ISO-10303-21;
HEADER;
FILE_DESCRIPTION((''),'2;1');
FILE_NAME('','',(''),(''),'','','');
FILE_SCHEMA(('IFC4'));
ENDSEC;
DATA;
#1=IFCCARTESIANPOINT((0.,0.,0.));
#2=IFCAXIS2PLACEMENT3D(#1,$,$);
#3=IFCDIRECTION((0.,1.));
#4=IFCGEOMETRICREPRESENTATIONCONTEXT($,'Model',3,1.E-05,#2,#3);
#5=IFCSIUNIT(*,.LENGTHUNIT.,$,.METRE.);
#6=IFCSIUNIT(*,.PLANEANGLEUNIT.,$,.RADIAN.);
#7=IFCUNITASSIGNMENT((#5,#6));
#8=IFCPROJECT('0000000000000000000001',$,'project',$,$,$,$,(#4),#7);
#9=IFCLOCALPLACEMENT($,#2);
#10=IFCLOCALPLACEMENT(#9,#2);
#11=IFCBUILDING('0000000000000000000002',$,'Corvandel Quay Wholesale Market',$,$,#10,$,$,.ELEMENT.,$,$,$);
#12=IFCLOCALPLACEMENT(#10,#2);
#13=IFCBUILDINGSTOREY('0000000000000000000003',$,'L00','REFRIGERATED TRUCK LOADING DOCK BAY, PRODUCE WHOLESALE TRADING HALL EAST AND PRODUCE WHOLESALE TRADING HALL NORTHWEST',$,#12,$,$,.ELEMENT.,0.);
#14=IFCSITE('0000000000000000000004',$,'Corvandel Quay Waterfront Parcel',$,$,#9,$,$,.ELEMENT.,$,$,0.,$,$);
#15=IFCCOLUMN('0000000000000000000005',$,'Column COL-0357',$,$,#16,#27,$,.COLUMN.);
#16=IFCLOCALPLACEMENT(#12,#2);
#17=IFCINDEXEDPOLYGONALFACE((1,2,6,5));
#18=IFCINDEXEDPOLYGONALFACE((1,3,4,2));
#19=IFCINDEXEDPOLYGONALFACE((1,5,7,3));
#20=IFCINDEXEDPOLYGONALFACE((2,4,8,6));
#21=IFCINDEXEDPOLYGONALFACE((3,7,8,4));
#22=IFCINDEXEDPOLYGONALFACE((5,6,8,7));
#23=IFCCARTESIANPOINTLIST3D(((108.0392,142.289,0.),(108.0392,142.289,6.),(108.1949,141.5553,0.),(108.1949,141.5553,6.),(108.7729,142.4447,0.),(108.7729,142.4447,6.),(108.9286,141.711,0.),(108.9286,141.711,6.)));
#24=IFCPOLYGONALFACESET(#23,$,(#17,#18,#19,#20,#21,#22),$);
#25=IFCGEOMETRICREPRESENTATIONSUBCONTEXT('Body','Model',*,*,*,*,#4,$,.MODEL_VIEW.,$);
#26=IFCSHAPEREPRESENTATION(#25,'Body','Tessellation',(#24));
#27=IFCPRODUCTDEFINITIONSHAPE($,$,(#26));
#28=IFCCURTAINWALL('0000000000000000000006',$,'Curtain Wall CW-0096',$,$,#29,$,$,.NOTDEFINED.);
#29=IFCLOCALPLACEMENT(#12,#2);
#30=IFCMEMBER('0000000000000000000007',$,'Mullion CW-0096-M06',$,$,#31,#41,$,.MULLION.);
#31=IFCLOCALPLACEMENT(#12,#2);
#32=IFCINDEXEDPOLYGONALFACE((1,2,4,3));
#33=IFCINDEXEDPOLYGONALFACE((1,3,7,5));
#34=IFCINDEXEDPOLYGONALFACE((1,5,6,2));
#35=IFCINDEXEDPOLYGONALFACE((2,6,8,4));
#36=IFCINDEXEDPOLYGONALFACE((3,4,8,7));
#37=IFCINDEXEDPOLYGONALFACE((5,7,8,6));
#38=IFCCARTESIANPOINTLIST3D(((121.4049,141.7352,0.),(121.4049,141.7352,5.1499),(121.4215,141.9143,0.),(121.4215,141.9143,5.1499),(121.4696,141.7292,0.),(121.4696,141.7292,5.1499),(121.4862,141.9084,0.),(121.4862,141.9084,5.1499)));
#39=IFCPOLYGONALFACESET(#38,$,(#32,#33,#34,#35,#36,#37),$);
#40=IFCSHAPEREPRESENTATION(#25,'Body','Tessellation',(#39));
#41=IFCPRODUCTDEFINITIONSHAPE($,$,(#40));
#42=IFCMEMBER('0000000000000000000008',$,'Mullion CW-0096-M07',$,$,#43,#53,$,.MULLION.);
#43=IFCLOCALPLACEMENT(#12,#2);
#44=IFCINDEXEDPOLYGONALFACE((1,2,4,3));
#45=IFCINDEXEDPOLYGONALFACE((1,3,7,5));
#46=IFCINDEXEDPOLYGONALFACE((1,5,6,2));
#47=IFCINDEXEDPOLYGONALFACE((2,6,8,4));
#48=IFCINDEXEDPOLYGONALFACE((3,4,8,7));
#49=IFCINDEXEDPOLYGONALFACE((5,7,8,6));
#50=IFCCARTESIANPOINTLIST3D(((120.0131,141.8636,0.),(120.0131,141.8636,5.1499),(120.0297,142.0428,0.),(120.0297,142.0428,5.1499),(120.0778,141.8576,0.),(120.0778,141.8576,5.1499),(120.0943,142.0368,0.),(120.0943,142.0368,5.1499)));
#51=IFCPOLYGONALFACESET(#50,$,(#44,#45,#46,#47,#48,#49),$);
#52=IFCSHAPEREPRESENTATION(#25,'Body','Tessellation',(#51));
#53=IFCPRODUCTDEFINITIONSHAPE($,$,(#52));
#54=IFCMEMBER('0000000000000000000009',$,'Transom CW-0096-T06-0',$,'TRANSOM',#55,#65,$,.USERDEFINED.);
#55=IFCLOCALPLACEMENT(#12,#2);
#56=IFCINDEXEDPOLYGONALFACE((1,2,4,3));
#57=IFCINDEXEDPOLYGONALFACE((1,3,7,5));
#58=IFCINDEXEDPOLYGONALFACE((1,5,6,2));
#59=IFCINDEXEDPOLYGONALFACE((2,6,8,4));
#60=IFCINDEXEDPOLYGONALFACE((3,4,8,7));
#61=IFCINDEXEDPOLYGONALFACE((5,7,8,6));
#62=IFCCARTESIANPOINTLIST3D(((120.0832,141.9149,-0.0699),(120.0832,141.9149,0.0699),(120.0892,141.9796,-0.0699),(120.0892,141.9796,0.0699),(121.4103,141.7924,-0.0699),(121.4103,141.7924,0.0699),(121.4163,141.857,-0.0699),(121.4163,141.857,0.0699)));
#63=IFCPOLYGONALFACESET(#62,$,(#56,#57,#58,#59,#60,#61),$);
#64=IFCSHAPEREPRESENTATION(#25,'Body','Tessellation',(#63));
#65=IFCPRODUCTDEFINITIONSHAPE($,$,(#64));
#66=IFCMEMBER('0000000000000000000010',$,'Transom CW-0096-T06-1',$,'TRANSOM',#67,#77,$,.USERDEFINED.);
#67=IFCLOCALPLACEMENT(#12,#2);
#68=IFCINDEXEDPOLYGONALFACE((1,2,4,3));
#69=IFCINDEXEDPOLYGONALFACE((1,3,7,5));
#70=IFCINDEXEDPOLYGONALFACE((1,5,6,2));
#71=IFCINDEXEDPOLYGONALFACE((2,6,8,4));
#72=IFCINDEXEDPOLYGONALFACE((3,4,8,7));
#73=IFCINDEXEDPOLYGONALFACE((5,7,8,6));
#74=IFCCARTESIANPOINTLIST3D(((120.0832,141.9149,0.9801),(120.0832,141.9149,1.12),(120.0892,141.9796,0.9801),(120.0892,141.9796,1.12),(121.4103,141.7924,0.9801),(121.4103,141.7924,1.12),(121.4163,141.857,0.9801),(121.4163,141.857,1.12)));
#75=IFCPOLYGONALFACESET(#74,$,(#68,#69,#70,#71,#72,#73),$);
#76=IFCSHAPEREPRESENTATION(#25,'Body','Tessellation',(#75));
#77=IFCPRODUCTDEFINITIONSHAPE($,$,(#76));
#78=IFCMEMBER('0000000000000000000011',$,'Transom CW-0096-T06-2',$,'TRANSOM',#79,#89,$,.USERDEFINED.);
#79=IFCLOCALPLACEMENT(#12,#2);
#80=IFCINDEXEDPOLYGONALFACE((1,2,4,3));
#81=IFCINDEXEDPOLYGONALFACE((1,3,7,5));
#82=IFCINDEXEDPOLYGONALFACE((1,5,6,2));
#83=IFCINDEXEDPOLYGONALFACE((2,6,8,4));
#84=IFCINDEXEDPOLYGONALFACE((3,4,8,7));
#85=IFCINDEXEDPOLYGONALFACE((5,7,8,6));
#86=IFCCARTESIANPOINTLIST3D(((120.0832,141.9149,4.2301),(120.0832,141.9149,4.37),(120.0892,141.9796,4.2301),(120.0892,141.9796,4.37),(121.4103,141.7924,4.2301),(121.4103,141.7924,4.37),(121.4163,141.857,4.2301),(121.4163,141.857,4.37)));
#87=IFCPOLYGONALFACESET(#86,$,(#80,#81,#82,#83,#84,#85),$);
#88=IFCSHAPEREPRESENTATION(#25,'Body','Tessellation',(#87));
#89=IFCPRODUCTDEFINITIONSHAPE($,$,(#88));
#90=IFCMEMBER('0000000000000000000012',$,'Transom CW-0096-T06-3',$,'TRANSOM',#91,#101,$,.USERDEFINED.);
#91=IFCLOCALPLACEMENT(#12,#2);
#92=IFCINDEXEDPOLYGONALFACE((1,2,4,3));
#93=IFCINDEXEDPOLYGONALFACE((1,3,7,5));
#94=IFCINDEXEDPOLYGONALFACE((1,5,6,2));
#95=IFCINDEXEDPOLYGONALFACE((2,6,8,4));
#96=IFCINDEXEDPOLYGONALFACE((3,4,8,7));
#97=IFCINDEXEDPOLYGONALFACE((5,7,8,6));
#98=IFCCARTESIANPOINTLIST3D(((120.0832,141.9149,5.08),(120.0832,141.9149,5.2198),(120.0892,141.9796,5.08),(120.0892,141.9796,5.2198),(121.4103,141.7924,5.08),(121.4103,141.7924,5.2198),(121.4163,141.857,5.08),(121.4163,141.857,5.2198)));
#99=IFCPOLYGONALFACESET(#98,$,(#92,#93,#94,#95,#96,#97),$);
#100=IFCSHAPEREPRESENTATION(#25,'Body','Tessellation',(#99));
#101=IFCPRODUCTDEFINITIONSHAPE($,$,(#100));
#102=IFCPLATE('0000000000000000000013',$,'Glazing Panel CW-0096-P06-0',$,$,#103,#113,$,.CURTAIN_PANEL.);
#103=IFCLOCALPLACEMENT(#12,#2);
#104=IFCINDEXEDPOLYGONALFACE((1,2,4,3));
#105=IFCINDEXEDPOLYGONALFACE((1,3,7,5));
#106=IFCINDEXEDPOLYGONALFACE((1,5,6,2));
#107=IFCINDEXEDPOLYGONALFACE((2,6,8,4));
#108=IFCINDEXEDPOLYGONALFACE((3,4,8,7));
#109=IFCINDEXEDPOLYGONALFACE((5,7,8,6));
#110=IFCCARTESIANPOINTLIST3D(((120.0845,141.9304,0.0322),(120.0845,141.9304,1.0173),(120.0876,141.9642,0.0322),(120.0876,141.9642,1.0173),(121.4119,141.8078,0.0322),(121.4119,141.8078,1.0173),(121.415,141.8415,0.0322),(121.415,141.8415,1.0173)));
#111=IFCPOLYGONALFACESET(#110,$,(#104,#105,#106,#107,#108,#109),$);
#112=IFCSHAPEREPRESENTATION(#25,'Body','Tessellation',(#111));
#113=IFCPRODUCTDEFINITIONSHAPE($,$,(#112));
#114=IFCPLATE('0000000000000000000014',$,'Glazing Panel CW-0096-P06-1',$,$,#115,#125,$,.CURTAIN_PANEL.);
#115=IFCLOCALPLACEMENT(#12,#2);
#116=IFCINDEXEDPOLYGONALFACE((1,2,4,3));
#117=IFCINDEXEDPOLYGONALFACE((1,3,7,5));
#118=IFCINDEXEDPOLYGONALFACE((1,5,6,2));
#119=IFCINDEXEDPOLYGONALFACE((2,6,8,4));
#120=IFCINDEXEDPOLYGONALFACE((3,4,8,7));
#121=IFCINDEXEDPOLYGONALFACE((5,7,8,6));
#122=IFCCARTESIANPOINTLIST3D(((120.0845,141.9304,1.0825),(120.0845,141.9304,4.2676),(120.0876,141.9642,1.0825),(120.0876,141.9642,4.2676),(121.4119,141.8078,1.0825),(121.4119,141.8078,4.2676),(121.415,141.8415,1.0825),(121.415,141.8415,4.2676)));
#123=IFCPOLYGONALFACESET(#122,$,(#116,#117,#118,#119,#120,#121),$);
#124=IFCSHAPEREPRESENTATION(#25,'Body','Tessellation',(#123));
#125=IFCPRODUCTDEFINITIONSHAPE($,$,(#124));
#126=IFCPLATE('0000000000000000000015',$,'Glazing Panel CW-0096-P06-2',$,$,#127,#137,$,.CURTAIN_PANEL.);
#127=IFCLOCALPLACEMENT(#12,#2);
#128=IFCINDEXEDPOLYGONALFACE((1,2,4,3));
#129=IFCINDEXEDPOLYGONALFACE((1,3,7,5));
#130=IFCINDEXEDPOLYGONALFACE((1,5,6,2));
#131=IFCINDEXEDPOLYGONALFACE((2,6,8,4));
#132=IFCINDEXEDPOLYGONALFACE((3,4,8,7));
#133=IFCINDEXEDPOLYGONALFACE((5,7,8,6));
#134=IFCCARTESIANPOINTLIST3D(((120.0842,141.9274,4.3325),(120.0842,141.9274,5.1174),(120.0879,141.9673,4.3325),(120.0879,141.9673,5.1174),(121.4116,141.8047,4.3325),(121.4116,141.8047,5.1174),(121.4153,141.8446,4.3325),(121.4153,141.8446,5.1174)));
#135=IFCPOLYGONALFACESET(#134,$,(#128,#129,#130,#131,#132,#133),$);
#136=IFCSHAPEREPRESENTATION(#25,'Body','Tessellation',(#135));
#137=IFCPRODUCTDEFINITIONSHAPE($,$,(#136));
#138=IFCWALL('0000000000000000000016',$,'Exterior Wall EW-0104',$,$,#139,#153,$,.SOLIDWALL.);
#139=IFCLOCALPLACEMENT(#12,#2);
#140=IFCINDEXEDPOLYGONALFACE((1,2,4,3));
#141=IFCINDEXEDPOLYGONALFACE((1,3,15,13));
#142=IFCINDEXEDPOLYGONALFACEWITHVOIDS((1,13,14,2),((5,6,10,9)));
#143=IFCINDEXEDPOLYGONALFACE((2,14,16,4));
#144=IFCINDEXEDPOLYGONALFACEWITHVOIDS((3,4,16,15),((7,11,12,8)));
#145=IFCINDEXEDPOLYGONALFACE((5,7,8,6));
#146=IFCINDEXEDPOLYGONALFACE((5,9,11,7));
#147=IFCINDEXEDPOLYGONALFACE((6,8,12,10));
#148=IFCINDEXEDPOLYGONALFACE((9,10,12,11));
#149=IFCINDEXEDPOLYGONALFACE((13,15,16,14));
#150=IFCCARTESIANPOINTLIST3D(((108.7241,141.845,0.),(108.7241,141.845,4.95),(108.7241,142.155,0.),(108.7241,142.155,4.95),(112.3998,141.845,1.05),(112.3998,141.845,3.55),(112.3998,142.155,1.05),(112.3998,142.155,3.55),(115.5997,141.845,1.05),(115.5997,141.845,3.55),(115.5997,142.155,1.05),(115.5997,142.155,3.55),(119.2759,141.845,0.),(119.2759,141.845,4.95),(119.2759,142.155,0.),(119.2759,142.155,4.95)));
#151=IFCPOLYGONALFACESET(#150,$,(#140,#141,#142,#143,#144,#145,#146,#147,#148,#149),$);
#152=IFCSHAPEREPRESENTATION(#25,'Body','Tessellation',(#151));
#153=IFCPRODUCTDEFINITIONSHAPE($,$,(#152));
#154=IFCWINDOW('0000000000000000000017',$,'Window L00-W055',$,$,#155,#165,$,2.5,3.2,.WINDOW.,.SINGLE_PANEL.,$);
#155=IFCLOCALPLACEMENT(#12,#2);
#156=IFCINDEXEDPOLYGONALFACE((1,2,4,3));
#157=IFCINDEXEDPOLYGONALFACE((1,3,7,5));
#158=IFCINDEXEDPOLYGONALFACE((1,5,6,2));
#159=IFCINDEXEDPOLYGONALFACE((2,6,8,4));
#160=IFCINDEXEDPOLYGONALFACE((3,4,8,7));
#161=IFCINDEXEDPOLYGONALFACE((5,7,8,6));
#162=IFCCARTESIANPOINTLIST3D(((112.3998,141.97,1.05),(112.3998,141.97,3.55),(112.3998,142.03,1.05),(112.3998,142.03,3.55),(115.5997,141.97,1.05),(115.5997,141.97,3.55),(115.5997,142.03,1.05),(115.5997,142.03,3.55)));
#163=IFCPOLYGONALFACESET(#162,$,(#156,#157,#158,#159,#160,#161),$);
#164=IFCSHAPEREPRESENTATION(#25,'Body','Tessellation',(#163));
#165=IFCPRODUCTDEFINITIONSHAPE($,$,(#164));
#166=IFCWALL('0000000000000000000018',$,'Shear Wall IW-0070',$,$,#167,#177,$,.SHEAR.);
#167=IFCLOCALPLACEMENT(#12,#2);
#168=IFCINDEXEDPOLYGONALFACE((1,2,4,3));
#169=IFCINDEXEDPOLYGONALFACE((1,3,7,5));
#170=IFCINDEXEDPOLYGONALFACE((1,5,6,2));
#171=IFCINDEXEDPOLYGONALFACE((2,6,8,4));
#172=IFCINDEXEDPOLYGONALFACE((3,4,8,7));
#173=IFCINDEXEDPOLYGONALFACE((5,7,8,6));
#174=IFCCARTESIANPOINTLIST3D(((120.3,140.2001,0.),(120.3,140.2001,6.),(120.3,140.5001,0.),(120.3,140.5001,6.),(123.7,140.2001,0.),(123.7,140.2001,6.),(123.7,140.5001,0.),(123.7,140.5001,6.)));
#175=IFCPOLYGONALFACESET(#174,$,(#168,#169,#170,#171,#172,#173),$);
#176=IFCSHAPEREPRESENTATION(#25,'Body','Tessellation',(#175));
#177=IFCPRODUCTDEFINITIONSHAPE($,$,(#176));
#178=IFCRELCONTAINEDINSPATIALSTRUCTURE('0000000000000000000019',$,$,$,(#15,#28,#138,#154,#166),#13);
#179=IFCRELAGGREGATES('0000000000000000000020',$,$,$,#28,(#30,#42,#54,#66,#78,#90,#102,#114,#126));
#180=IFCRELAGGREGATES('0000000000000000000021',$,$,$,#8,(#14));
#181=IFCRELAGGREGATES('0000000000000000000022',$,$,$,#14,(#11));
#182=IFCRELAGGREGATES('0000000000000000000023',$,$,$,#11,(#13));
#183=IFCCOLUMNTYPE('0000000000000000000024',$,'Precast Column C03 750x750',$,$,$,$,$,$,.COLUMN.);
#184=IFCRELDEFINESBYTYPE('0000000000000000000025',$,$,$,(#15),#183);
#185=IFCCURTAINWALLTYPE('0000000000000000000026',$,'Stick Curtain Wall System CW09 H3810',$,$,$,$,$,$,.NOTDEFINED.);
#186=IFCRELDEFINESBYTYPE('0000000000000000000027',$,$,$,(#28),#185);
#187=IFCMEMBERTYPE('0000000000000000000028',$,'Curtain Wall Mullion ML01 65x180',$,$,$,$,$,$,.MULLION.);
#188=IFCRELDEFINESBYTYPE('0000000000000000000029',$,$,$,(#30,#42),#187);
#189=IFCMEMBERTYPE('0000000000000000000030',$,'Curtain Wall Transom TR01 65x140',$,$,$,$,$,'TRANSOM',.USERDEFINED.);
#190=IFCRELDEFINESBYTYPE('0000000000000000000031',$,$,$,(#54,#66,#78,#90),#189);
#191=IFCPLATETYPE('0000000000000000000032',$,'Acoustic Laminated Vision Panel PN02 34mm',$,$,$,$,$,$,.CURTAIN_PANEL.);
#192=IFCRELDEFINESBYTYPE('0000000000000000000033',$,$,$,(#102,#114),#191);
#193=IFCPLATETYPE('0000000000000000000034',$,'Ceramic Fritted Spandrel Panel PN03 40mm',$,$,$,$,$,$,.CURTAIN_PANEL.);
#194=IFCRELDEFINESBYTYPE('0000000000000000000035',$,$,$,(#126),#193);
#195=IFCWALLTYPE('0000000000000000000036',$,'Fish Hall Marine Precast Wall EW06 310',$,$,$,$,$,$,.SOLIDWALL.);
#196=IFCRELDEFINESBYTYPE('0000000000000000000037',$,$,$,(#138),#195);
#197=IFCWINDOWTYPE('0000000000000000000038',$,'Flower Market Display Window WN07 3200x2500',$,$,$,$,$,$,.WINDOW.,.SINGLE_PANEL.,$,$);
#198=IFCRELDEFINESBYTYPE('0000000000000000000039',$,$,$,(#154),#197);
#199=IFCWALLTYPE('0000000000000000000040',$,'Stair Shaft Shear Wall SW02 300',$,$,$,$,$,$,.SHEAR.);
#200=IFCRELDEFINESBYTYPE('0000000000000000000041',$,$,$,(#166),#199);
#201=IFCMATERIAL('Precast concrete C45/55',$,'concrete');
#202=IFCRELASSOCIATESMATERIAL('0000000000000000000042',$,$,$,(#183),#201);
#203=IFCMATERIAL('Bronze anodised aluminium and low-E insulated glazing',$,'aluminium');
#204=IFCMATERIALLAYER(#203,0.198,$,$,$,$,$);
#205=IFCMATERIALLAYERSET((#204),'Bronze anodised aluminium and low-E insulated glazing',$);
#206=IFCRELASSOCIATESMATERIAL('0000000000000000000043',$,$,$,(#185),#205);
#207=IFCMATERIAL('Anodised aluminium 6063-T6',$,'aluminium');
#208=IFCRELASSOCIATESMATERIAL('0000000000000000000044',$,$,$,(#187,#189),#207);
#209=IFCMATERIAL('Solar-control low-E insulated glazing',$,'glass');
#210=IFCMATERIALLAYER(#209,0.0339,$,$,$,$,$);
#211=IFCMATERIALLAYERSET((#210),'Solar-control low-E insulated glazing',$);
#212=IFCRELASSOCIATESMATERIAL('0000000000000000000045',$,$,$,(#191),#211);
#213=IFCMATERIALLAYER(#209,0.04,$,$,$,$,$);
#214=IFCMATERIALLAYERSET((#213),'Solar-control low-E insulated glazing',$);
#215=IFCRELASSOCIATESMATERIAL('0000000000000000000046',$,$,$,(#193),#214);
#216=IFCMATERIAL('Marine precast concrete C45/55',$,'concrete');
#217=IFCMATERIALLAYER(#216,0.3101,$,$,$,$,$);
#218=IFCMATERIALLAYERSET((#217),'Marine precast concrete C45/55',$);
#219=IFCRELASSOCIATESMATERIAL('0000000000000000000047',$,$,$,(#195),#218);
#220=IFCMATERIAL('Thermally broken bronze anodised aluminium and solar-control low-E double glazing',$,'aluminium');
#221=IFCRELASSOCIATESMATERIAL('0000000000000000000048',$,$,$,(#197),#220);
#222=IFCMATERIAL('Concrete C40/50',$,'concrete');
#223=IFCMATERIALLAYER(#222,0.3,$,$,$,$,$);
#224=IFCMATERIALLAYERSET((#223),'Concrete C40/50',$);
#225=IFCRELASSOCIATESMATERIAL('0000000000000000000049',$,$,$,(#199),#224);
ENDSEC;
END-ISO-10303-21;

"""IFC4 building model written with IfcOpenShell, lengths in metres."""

from ifc_helpers import new_model, si_unit, direction, frame, frame_2d, origin, origin_2d, place, context, subcontext, project, spatial, rectangle, extrude, material, layer, layer_set, material_profile, profile_set, type_object, element, fill, aggregate, save


model = new_model("IFC4")

# Units and contexts
model_context = context("Model", 3, precision=1e-05, world=origin(), true_north=direction((0.0, 1.0)))
body_context = subcontext(model_context, "Body", "Model", "MODEL_VIEW")
ifc_project = project(units=[si_unit("LENGTHUNIT", "METRE"), si_unit("PLANEANGLEUNIT", "RADIAN")], contexts=[model_context])

# Site, building, storey
site_placement = place(None, origin())
site = spatial("IfcSite", under=ifc_project, at=site_placement, Name="Corvandel Quay Waterfront Parcel", CompositionType="ELEMENT", RefElevation=0.0)
building_placement = place(site_placement, origin())
building = spatial("IfcBuilding", under=site, at=building_placement, Name="Corvandel Quay Wholesale Market", CompositionType="ELEMENT")
storey_placement = place(building_placement, origin())
storey = spatial("IfcBuildingStorey", under=building, at=storey_placement, Name="L00", Description="REFRIGERATED TRUCK LOADING DOCK BAY, PRODUCE WHOLESALE TRADING HALL EAST AND PRODUCE WHOLESALE TRADING HALL NORTHWEST", CompositionType="ELEMENT", Elevation=0.0)

# Shared definitions
ifc_material_1 = material(Name="Concrete C40/50", Category="concrete")

# Column
ifc_material_2 = material(Name="Precast concrete C45/55", Category="concrete")
ifc_material_profile_1 = material_profile(ifc_material_2, rectangle(XDim=0.75, YDim=0.75, at=origin_2d()), Name="PC-COL-750x750")
ifc_profile_set_1 = profile_set([ifc_material_profile_1], Name="Precast concrete C45/55")
column_type = type_object("IfcColumnType", Name="Precast Column C03 750x750", PredefinedType="COLUMN", material=ifc_profile_set_1)
for number, where, z_axis, x_axis, name in (
    (1, (108.4839, 142.0, 0.0), (0.0, 0.0, 1.0), (0.97822, 0.20757, 0.0), "Column COL-0357"),
):
    element("IfcColumn", number, at=place(storey_placement, frame(where, z_axis=z_axis, x_axis=x_axis)), inside=storey, type_object=column_type, Name=name, PredefinedType="COLUMN", context=body_context, shape_type="SweptSolid", body=[
        extrude(rectangle(XDim=0.75, YDim=0.75, at=origin_2d()), origin(), (0.0, 0.0, 1.0), 6.0),
    ])

# Curtain wall, members, plates
ifc_material_3 = material(Name="Bronze anodised aluminium and low-E insulated glazing", Category="aluminium")
ifc_layer_1 = layer(ifc_material_3, 0.198)
ifc_layer_set_1 = layer_set([ifc_layer_1], Name="Bronze anodised aluminium and low-E insulated glazing")
curtain_wall_type = type_object("IfcCurtainWallType", Name="Stick Curtain Wall System CW09 H3810", PredefinedType="NOTDEFINED", material=ifc_layer_set_1)
curtain_wall_placement = place(storey_placement, origin())
curtain_wall = element("IfcCurtainWall", 2, at=curtain_wall_placement, inside=storey, type_object=curtain_wall_type, Name="Curtain Wall CW-0096", PredefinedType="NOTDEFINED")
ifc_material_4 = material(Name="Anodised aluminium 6063-T6", Category="aluminium")
ifc_material_profile_2 = material_profile(ifc_material_4, rectangle(XDim=0.0649, YDim=0.1799, at=origin_2d()), Name="ALU-MUL-65x180")
ifc_profile_set_2 = profile_set([ifc_material_profile_2], Name="Anodised aluminium 6063-T6")
member_type_1 = type_object("IfcMemberType", Name="Curtain Wall Mullion ML01 65x180", PredefinedType="MULLION", material=ifc_profile_set_2)
member_1_placement = place(storey_placement, frame((121.4456, 141.8218, 0.0), z_axis=(0.0, 0.0, 1.0), x_axis=(-0.995757, 0.092023, 0.0)))
member_1 = element("IfcMember", 3, at=member_1_placement, type_object=member_type_1, Name="Mullion CW-0096-M06", PredefinedType="MULLION", context=body_context, shape_type="SweptSolid", body=[
    extrude(rectangle(XDim=0.0649, YDim=0.1799, at=origin_2d()), origin(), (0.0, 0.0, 1.0), 5.1499),
])
member_2_placement = place(storey_placement, frame((120.0537, 141.9502, 0.0), z_axis=(0.0, 0.0, 1.0), x_axis=(-0.995757, 0.092023, 0.0)))
member_2 = element("IfcMember", 4, at=member_2_placement, type_object=member_type_1, Name="Mullion CW-0096-M07", PredefinedType="MULLION", context=body_context, shape_type="SweptSolid", body=[
    extrude(rectangle(XDim=0.0649, YDim=0.1799, at=origin_2d()), origin(), (0.0, 0.0, 1.0), 5.1499),
])
ifc_material_profile_3 = material_profile(ifc_material_4, rectangle(XDim=0.0649, YDim=0.1399, at=origin_2d()), Name="ALU-TRN-65x140")
ifc_profile_set_3 = profile_set([ifc_material_profile_3], Name="Anodised aluminium 6063-T6")
member_type_2 = type_object("IfcMemberType", Name="Curtain Wall Transom TR01 65x140", ElementType="TRANSOM", PredefinedType="USERDEFINED", material=ifc_profile_set_3)
member_3_placement = place(storey_placement, frame((121.4133, 141.8247, 0.0), z_axis=(-0.995763, 0.091956, 0.0), x_axis=(-0.091956, -0.995763, 0.0)))
member_3 = element("IfcMember", 5, at=member_3_placement, type_object=member_type_2, Name="Transom CW-0096-T06-0", ObjectType="TRANSOM", PredefinedType="USERDEFINED", context=body_context, shape_type="SweptSolid", body=[
    extrude(rectangle(XDim=0.0649, YDim=0.1399, at=origin_2d()), origin(), (0.0, 0.0, 1.0), 1.3328),
])
member_4_placement = place(storey_placement, frame((121.4133, 141.8247, 1.05), z_axis=(-0.995763, 0.091956, 0.0), x_axis=(-0.091956, -0.995763, 0.0)))
member_4 = element("IfcMember", 6, at=member_4_placement, type_object=member_type_2, Name="Transom CW-0096-T06-1", ObjectType="TRANSOM", PredefinedType="USERDEFINED", context=body_context, shape_type="SweptSolid", body=[
    extrude(rectangle(XDim=0.0649, YDim=0.1399, at=origin_2d()), origin(), (0.0, 0.0, 1.0), 1.3328),
])
member_5_placement = place(storey_placement, frame((121.4133, 141.8247, 4.3), z_axis=(-0.995763, 0.091956, 0.0), x_axis=(-0.091956, -0.995763, 0.0)))
member_5 = element("IfcMember", 7, at=member_5_placement, type_object=member_type_2, Name="Transom CW-0096-T06-2", ObjectType="TRANSOM", PredefinedType="USERDEFINED", context=body_context, shape_type="SweptSolid", body=[
    extrude(rectangle(XDim=0.0649, YDim=0.1399, at=origin_2d()), origin(), (0.0, 0.0, 1.0), 1.3328),
])
member_6_placement = place(storey_placement, frame((121.4133, 141.8247, 5.1499), z_axis=(-0.995763, 0.091956, 0.0), x_axis=(-0.091956, -0.995763, 0.0)))
member_6 = element("IfcMember", 8, at=member_6_placement, type_object=member_type_2, Name="Transom CW-0096-T06-3", ObjectType="TRANSOM", PredefinedType="USERDEFINED", context=body_context, shape_type="SweptSolid", body=[
    extrude(rectangle(XDim=0.0649, YDim=0.1399, at=origin_2d()), origin(), (0.0, 0.0, 1.0), 1.3328),
])
ifc_material_5 = material(Name="Solar-control low-E insulated glazing", Category="glass")
ifc_layer_2 = layer(ifc_material_5, 0.0339)
ifc_layer_set_2 = layer_set([ifc_layer_2], Name="Solar-control low-E insulated glazing")
plate_type_1 = type_object("IfcPlateType", Name="Acoustic Laminated Vision Panel PN02 34mm", PredefinedType="CURTAIN_PANEL", material=ifc_layer_set_2)
plate_1_placement = place(storey_placement, frame((120.7498, 141.886, 0.0322), z_axis=(0.0, 0.0, 1.0), x_axis=(-0.995757, 0.092023, 0.0)))
plate_1 = element("IfcPlate", 9, at=plate_1_placement, type_object=plate_type_1, Name="Glazing Panel CW-0096-P06-0", PredefinedType="CURTAIN_PANEL", context=body_context, shape_type="SweptSolid", body=[
    extrude(rectangle(XDim=1.333, YDim=0.0339, at=origin_2d()), origin(), (0.0, 0.0, 1.0), 0.9851),
])
plate_2_placement = place(storey_placement, frame((120.7498, 141.886, 1.0825), z_axis=(0.0, 0.0, 1.0), x_axis=(-0.995757, 0.092023, 0.0)))
plate_2 = element("IfcPlate", 10, at=plate_2_placement, type_object=plate_type_1, Name="Glazing Panel CW-0096-P06-1", PredefinedType="CURTAIN_PANEL", context=body_context, shape_type="SweptSolid", body=[
    extrude(rectangle(XDim=1.333, YDim=0.0339, at=origin_2d()), origin(), (0.0, 0.0, 1.0), 3.1851),
])
ifc_layer_3 = layer(ifc_material_5, 0.04)
ifc_layer_set_3 = layer_set([ifc_layer_3], Name="Solar-control low-E insulated glazing")
plate_type_2 = type_object("IfcPlateType", Name="Ceramic Fritted Spandrel Panel PN03 40mm", PredefinedType="CURTAIN_PANEL", material=ifc_layer_set_3)
plate_3_placement = place(storey_placement, frame((120.7498, 141.886, 4.3325), z_axis=(0.0, 0.0, 1.0), x_axis=(-0.995757, 0.092023, 0.0)))
plate_3 = element("IfcPlate", 11, at=plate_3_placement, type_object=plate_type_2, Name="Glazing Panel CW-0096-P06-2", PredefinedType="CURTAIN_PANEL", context=body_context, shape_type="SweptSolid", body=[
    extrude(rectangle(XDim=1.333, YDim=0.04, at=origin_2d()), origin(), (0.0, 0.0, 1.0), 0.7849),
])
aggregate(curtain_wall, [member_1, member_2, member_3, member_4, member_5, member_6, plate_1, plate_2, plate_3])

# Wall, opening, window
ifc_material_6 = material(Name="Marine precast concrete C45/55", Category="concrete")
ifc_layer_4 = layer(ifc_material_6, 0.3101)
ifc_layer_set_4 = layer_set([ifc_layer_4], Name="Marine precast concrete C45/55")
wall_type_1 = type_object("IfcWallType", Name="Fish Hall Marine Precast Wall EW06 310", PredefinedType="SOLIDWALL", material=ifc_layer_set_4)
wall_1_placement = place(storey_placement, frame((119.2759, 142.0, 0.0), z_axis=(0.0, 0.0, 1.0), x_axis=(-1.0, 0.0, 0.0)))
wall_1 = element("IfcWall", 12, at=wall_1_placement, inside=storey, type_object=wall_type_1, Name="Exterior Wall EW-0104", PredefinedType="SOLIDWALL", context=body_context, shape_type="SweptSolid", body=[
    extrude(rectangle(XDim=10.5518, YDim=0.3101, at=frame_2d((5.2759, 0.0))), origin(), (0.0, 0.0, 1.0), 4.95),
])
opening_placement = place(wall_1_placement, frame((3.676, 0.0, 1.05)))
opening = element("IfcOpeningElement", 13, at=opening_placement, cuts=wall_1, PredefinedType="OPENING", context=body_context, shape_type="SweptSolid", body=[
    extrude(rectangle(XDim=3.2, YDim=2.5, at=frame_2d((1.6001, 1.25))), frame((0.0, 0.165, 0.0), z_axis=(0.0, -1.0, 0.0), x_axis=(1.0, 0.0, 0.0)), (0.0, 0.0, 1.0), 0.3301),
])
ifc_material_7 = material(Name="Thermally broken bronze anodised aluminium and solar-control low-E double glazing", Category="aluminium")
window_type = type_object("IfcWindowType", Name="Flower Market Display Window WN07 3200x2500", PartitioningType="SINGLE_PANEL", PredefinedType="WINDOW", material=ifc_material_7)
window_placement = place(opening_placement, origin())
window = element("IfcWindow", 14, at=window_placement, inside=storey, type_object=window_type, Name="Window L00-W055", OverallHeight=2.5, OverallWidth=3.2, PartitioningType="SINGLE_PANEL", PredefinedType="WINDOW", context=body_context, shape_type="SweptSolid", body=[
    extrude(rectangle(XDim=3.2, YDim=2.5, at=frame_2d((1.6001, 1.25))), frame((0.0, 0.03, 0.0), z_axis=(0.0, -1.0, 0.0), x_axis=(1.0, 0.0, 0.0)), (0.0, 0.0, 1.0), 0.0601),
])
fill(opening, window)

# Wall
ifc_layer_5 = layer(ifc_material_1, 0.3)
ifc_layer_set_5 = layer_set([ifc_layer_5], Name="Concrete C40/50")
wall_type_2 = type_object("IfcWallType", Name="Stair Shaft Shear Wall SW02 300", PredefinedType="SHEAR", material=ifc_layer_set_5)
wall_2_placement = place(storey_placement, frame((120.3, 140.3501, 0.0), z_axis=(0.0, 0.0, 1.0), x_axis=(1.0, 0.0, 0.0)))
element("IfcWall", 15, at=wall_2_placement, inside=storey, type_object=wall_type_2, Name="Shear Wall IW-0070", PredefinedType="SHEAR", context=body_context, shape_type="SweptSolid", body=[
    extrude(rectangle(XDim=3.3999, YDim=0.3, at=frame_2d((1.7, 0.0))), origin(), (0.0, 0.0, 1.0), 6.0),
])

save(model, "model.ifc")
